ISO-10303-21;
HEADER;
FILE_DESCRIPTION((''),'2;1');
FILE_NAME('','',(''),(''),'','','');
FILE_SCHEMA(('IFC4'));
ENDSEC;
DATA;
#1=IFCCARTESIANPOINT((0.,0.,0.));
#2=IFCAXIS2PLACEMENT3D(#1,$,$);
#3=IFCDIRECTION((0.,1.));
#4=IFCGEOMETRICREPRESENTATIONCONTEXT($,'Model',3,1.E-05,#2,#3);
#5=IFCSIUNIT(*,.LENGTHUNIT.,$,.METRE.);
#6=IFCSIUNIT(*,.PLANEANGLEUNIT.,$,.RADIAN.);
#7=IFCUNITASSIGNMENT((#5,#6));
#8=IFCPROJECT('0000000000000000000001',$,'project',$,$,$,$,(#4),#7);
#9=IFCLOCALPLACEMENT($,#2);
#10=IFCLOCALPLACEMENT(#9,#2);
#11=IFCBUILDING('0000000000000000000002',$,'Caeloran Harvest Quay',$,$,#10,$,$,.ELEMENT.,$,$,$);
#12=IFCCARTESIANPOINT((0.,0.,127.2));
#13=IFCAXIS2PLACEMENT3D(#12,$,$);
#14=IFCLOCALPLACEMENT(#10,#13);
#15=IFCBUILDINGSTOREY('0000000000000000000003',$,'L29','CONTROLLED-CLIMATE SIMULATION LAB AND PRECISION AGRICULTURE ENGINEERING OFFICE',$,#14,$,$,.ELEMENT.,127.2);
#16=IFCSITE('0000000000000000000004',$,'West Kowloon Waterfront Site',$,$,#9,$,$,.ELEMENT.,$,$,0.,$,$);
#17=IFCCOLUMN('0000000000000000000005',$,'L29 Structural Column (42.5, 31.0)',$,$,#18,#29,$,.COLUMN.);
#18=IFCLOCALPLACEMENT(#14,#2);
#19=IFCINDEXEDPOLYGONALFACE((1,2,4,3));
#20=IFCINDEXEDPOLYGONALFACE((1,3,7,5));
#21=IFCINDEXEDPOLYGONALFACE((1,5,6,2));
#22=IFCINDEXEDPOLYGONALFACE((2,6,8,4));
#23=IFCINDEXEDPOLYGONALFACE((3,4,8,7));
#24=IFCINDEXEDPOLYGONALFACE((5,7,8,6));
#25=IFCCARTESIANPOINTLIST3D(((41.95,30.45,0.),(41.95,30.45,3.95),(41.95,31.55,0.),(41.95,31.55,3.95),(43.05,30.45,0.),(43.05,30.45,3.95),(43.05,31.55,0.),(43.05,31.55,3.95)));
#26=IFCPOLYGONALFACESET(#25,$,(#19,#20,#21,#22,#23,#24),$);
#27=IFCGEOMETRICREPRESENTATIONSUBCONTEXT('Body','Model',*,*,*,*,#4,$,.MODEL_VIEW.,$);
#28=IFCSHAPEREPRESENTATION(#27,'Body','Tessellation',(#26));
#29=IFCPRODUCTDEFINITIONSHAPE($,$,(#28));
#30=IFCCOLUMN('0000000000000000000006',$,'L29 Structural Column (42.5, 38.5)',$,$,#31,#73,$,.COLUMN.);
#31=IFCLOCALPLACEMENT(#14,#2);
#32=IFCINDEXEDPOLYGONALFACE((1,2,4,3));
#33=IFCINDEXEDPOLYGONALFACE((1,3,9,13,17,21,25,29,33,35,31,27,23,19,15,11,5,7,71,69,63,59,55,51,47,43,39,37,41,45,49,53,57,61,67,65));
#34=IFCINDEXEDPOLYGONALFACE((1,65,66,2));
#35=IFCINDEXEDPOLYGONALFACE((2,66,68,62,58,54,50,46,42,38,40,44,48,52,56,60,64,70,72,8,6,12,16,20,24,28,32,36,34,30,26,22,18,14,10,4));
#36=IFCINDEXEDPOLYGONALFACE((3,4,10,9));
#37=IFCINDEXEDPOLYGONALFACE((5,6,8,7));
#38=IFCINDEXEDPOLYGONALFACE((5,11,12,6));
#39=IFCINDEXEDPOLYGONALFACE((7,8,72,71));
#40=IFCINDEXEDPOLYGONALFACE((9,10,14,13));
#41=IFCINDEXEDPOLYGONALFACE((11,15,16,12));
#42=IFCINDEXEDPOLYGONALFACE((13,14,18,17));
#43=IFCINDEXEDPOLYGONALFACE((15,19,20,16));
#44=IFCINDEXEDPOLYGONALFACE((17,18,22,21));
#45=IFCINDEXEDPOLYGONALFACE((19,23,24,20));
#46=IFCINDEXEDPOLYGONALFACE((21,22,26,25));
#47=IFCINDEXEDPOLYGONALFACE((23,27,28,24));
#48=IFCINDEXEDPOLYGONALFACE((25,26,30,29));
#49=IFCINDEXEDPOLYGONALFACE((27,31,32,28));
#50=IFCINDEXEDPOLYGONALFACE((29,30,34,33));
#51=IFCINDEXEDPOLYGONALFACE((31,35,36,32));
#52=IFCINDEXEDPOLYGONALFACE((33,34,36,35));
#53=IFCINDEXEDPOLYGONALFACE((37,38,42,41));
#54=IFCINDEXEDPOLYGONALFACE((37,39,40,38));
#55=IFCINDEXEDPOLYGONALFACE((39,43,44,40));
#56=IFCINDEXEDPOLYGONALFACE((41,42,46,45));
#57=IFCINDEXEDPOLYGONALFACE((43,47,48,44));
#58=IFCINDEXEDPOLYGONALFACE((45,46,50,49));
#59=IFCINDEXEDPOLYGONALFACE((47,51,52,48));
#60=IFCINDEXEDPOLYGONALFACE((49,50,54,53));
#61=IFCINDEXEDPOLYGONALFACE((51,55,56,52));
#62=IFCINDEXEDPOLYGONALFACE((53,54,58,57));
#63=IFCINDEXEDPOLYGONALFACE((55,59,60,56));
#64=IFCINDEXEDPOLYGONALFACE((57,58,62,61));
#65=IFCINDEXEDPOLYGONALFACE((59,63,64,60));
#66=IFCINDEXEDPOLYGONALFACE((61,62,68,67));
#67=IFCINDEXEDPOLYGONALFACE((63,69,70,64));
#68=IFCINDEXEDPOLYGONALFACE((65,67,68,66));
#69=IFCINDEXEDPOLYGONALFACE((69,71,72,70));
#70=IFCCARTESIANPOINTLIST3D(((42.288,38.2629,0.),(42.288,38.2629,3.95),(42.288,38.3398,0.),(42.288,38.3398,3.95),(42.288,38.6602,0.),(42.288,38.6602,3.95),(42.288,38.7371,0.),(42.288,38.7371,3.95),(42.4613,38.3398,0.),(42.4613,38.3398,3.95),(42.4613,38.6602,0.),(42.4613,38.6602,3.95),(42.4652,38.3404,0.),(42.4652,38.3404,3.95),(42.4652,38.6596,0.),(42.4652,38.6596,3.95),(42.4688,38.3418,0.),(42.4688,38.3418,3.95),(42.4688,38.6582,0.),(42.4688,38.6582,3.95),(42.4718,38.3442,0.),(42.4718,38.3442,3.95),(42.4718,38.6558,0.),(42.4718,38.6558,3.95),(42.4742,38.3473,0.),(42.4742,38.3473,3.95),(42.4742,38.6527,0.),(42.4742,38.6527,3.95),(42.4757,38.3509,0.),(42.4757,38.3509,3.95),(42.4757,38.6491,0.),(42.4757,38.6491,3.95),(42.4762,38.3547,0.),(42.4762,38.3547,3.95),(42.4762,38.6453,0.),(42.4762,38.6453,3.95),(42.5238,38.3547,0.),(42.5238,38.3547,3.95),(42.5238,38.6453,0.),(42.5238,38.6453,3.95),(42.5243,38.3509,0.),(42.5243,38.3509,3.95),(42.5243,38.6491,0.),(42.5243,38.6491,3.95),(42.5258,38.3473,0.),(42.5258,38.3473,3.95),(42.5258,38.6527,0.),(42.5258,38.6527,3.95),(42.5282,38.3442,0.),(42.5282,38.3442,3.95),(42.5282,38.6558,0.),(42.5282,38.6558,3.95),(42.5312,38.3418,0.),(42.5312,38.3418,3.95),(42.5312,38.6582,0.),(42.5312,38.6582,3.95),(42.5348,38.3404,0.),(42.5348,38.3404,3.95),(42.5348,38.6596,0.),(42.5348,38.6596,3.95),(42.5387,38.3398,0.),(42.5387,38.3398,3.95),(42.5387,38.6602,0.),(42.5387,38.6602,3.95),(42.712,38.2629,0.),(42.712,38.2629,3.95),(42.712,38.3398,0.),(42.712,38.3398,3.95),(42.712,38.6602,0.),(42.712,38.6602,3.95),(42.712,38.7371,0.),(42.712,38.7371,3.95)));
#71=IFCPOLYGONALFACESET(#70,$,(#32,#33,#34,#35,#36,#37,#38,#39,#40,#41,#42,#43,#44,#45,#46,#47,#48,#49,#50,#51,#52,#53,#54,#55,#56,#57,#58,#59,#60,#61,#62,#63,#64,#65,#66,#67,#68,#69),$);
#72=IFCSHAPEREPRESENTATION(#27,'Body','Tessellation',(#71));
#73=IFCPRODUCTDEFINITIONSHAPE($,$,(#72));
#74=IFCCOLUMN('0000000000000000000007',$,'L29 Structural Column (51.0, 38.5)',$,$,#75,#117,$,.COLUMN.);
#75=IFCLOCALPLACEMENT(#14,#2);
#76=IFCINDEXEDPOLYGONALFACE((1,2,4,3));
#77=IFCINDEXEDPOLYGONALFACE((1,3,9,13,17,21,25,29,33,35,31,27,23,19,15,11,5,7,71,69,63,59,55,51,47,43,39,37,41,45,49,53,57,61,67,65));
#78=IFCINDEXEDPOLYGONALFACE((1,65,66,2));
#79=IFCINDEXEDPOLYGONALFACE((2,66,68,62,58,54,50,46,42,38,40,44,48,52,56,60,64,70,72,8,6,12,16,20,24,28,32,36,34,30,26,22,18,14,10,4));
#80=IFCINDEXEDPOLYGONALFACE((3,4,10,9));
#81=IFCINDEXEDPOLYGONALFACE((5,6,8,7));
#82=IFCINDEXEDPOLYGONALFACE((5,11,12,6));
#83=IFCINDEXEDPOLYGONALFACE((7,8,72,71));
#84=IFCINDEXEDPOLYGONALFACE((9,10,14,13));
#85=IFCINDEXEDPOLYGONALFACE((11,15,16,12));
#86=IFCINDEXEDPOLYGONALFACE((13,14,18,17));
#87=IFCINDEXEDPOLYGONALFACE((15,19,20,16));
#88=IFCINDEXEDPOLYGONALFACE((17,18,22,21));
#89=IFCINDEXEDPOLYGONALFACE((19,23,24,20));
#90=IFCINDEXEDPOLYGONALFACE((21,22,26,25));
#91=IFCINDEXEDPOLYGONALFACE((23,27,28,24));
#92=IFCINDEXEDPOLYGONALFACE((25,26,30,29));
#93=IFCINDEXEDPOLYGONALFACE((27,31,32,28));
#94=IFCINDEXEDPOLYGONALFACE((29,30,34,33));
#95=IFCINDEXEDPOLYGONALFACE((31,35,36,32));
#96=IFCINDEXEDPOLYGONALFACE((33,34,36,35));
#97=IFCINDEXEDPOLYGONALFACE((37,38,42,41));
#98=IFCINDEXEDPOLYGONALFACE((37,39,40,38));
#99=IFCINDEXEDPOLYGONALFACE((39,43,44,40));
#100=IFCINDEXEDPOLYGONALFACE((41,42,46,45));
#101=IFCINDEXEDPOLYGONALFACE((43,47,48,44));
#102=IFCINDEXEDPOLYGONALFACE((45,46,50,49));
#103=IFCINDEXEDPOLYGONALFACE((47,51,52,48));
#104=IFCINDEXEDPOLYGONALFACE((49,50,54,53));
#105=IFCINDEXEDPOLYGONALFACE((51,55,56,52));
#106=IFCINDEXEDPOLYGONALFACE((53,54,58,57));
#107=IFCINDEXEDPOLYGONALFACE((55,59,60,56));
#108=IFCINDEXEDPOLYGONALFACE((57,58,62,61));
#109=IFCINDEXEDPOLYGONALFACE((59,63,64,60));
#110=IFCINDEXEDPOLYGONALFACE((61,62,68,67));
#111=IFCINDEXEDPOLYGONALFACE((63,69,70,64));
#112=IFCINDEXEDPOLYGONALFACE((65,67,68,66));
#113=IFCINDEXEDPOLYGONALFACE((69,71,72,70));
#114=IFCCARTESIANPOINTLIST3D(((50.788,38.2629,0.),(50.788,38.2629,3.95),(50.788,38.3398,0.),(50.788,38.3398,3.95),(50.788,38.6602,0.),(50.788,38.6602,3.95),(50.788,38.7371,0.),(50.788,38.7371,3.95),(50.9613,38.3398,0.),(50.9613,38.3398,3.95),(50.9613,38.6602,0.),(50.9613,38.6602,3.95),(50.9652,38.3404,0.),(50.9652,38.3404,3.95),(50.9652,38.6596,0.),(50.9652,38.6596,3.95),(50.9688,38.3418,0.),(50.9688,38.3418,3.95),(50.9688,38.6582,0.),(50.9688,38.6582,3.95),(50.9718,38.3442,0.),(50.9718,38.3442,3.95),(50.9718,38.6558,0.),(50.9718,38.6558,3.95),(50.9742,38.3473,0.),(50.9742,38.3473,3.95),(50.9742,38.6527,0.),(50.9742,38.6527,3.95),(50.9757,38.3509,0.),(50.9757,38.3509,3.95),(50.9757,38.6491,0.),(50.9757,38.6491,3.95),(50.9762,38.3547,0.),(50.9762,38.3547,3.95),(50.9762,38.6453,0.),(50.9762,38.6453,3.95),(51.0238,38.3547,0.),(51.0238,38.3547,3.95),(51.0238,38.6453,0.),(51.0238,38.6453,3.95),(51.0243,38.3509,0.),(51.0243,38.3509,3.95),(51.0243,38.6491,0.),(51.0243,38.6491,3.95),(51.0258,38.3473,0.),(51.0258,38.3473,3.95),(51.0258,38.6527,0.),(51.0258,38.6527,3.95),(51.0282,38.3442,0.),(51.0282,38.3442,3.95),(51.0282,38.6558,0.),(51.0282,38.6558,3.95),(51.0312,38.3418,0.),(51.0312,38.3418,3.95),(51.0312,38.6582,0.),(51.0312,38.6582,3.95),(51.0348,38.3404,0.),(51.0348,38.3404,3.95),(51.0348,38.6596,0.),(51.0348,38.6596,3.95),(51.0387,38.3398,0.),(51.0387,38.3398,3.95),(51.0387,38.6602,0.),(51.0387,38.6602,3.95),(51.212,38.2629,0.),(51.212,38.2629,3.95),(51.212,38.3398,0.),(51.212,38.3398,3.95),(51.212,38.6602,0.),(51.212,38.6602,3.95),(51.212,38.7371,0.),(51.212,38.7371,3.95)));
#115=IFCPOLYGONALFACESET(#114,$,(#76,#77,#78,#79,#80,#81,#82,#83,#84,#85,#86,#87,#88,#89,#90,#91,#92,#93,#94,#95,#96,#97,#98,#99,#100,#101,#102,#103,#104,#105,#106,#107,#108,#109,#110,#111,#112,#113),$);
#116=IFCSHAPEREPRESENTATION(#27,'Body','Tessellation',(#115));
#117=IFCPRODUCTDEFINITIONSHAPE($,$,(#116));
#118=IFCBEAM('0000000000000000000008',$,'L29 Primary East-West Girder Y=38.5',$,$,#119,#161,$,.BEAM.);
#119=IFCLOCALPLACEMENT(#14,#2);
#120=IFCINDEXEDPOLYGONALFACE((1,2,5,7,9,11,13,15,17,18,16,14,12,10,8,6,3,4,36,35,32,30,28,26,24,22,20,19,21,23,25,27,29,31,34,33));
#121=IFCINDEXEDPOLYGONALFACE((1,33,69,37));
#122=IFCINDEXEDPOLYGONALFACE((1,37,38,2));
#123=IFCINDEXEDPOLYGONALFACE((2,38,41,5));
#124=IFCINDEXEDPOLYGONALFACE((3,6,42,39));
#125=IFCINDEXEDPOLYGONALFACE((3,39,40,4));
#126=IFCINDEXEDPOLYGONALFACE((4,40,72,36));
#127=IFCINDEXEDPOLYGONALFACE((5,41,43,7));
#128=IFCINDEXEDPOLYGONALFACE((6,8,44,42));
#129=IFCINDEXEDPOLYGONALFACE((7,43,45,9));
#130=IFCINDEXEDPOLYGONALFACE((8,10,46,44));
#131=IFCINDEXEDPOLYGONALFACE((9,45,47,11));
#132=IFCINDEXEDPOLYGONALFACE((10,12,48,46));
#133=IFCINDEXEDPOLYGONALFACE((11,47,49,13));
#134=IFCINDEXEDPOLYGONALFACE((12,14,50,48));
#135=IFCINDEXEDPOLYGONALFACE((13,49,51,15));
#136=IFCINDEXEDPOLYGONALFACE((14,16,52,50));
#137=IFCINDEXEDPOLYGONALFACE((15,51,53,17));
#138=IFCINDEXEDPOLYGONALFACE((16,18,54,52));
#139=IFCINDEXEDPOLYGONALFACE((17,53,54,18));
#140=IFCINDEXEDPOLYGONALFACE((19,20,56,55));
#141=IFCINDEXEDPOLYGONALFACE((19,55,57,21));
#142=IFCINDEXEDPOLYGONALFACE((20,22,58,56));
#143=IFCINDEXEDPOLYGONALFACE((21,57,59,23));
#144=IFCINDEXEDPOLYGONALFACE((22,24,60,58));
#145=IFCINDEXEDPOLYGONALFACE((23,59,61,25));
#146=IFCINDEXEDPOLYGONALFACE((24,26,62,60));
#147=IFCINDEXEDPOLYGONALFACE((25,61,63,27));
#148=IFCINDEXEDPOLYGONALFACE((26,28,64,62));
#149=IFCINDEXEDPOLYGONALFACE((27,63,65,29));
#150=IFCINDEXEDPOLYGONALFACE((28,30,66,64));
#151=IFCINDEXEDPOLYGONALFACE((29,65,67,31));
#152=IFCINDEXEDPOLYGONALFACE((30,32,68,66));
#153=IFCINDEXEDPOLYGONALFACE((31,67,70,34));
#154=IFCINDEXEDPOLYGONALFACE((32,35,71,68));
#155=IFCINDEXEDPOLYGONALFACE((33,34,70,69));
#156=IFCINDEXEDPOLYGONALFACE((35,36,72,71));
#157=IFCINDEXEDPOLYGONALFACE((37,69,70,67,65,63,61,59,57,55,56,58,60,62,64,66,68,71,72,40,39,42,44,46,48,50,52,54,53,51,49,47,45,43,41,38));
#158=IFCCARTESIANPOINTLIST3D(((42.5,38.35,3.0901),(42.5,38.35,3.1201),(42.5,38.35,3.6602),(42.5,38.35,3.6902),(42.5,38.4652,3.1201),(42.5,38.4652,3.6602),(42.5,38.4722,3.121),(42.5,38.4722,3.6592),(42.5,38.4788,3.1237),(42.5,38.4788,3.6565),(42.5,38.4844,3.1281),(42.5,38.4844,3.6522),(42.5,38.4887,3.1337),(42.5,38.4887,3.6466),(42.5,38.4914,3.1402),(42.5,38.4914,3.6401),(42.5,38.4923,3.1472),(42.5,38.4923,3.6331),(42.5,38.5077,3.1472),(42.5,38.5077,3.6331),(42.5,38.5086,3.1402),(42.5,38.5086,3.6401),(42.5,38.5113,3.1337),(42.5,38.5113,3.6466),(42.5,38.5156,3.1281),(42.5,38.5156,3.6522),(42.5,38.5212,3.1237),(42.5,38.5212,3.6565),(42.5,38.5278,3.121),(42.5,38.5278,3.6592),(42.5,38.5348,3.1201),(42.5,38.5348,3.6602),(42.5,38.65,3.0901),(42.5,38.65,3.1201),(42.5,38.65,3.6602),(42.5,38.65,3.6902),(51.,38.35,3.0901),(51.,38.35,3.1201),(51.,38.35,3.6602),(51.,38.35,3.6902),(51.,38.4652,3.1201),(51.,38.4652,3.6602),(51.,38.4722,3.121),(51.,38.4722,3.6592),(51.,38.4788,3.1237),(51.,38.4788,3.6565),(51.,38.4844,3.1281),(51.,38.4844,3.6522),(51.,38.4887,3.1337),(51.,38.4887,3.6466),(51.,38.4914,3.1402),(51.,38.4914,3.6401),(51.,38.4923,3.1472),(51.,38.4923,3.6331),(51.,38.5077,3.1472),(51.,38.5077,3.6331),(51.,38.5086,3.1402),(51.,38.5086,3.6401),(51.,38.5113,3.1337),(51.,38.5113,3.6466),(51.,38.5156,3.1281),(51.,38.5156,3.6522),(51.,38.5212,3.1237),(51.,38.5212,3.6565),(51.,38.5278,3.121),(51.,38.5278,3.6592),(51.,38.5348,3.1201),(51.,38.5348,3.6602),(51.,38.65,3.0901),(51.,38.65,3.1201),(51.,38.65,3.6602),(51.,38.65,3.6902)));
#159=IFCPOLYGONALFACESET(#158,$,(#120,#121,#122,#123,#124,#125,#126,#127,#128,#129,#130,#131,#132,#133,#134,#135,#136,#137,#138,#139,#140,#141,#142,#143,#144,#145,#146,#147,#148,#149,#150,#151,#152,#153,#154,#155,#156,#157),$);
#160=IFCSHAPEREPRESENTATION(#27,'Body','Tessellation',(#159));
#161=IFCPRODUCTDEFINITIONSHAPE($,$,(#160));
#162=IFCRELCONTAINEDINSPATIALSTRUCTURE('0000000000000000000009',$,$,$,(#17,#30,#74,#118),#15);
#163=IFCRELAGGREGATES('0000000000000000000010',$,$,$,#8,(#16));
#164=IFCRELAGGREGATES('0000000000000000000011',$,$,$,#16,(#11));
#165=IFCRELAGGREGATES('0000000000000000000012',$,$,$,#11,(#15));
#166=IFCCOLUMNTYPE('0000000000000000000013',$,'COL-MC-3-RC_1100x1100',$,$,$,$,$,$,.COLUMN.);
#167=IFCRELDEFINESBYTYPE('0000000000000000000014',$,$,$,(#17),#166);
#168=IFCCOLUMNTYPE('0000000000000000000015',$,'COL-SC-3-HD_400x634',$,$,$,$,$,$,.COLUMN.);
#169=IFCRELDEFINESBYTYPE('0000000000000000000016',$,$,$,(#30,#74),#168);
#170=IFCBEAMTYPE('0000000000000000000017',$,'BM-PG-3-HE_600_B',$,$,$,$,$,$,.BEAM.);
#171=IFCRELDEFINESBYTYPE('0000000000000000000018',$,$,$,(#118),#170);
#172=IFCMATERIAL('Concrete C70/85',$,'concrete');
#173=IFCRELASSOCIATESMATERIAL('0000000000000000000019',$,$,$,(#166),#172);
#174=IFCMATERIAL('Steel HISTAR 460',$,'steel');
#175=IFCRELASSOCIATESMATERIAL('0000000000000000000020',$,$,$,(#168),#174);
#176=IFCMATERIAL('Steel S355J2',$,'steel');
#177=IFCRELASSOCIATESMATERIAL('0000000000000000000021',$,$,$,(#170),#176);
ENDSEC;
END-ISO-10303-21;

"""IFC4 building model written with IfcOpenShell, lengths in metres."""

from ifc_helpers import new_model, si_unit, direction, frame, origin, origin_2d, place, context, subcontext, project, spatial, rectangle, i_section, extrude, material, material_profile, profile_set, type_object, element, save


model = new_model("IFC4")

# Units and contexts
model_context = context("Model", 3, precision=1e-05, world=origin(), true_north=direction((0.0, 1.0)))
body_context = subcontext(model_context, "Body", "Model", "MODEL_VIEW")
ifc_project = project(units=[si_unit("LENGTHUNIT", "METRE"), si_unit("PLANEANGLEUNIT", "RADIAN")], contexts=[model_context])

# Site, building, storey
site_placement = place(None, origin())
site = spatial("IfcSite", under=ifc_project, at=site_placement, Name="West Kowloon Waterfront Site", CompositionType="ELEMENT", RefElevation=0.0)
building_placement = place(site_placement, origin())
building = spatial("IfcBuilding", under=site, at=building_placement, Name="Caeloran Harvest Quay", CompositionType="ELEMENT")
storey_placement = place(building_placement, frame((0.0, 0.0, 127.2)))
storey = spatial("IfcBuildingStorey", under=building, at=storey_placement, Name="L29", Description="CONTROLLED-CLIMATE SIMULATION LAB AND PRECISION AGRICULTURE ENGINEERING OFFICE", CompositionType="ELEMENT", Elevation=127.2)

# Columns
ifc_material_1 = material(Name="Concrete C70/85", Category="concrete")
ifc_material_profile_1 = material_profile(ifc_material_1, rectangle(XDim=1.1001, YDim=1.1001, at=origin_2d()), Name="RC 1100x1100")
ifc_profile_set_1 = profile_set([ifc_material_profile_1], Name="Concrete C70/85")
column_type_1 = type_object("IfcColumnType", Name="COL-MC-3-RC_1100x1100", PredefinedType="COLUMN", material=ifc_profile_set_1)
column_placement = place(storey_placement, frame((42.5, 31.0, 0.0), z_axis=(0.0, 0.0, 1.0), x_axis=(1.0, 0.0, 0.0)))
element("IfcColumn", 1, at=column_placement, inside=storey, type_object=column_type_1, Name="L29 Structural Column (42.5, 31.0)", PredefinedType="COLUMN", context=body_context, shape_type="SweptSolid", body=[
    extrude(rectangle(XDim=1.1001, YDim=1.1001, at=origin_2d()), origin(), (0.0, 0.0, 1.0), 3.95),
])
ifc_material_2 = material(Name="Steel HISTAR 460", Category="steel")
ifc_material_profile_2 = material_profile(ifc_material_2, i_section(OverallWidth=0.4241, OverallDepth=0.4741, WebThickness=0.0476, FlangeThickness=0.0769, FilletRadius=0.0149, at=origin_2d()), Name="HD 400x634")
ifc_profile_set_2 = profile_set([ifc_material_profile_2], Name="Steel HISTAR 460")
column_type_2 = type_object("IfcColumnType", Name="COL-SC-3-HD_400x634", PredefinedType="COLUMN", material=ifc_profile_set_2)
for number, where, z_axis, x_axis, name in (
    (2, (42.5, 38.5, 0.0), (0.0, 0.0, 1.0), (1.0, 0.0, 0.0), "L29 Structural Column (42.5, 38.5)"),
    (3, (51.0, 38.5, 0.0), (0.0, 0.0, 1.0), (1.0, 0.0, 0.0), "L29 Structural Column (51.0, 38.5)"),
):
    element("IfcColumn", number, at=place(storey_placement, frame(where, z_axis=z_axis, x_axis=x_axis)), inside=storey, type_object=column_type_2, Name=name, PredefinedType="COLUMN", context=body_context, shape_type="SweptSolid", body=[
        extrude(i_section(OverallWidth=0.4241, OverallDepth=0.4741, WebThickness=0.0476, FlangeThickness=0.0769, FilletRadius=0.0149, at=origin_2d()), origin(), (0.0, 0.0, 1.0), 3.95),
    ])

# Beam
ifc_material_3 = material(Name="Steel S355J2", Category="steel")
ifc_material_profile_3 = material_profile(ifc_material_3, i_section(OverallWidth=0.3, OverallDepth=0.6001, WebThickness=0.0154, FlangeThickness=0.03, FilletRadius=0.0271, at=origin_2d()), Name="HE 600 B")
ifc_profile_set_3 = profile_set([ifc_material_profile_3], Name="Steel S355J2")
beam_type = type_object("IfcBeamType", Name="BM-PG-3-HE_600_B", PredefinedType="BEAM", material=ifc_profile_set_3)
beam_1_placement = place(storey_placement, frame((42.5, 38.5, 3.3901), z_axis=(1.0, 0.0, 0.0), x_axis=(0.0, 1.0, 0.0)))
element("IfcBeam", 4, at=beam_1_placement, inside=storey, type_object=beam_type, Name="L29 Primary East-West Girder Y=38.5", PredefinedType="BEAM", context=body_context, shape_type="SweptSolid", body=[
    extrude(i_section(OverallWidth=0.3, OverallDepth=0.6001, WebThickness=0.0154, FlangeThickness=0.03, FilletRadius=0.0271, at=origin_2d()), origin(), (0.0, 0.0, 1.0), 8.5),
])

save(model, "model.ifc")
